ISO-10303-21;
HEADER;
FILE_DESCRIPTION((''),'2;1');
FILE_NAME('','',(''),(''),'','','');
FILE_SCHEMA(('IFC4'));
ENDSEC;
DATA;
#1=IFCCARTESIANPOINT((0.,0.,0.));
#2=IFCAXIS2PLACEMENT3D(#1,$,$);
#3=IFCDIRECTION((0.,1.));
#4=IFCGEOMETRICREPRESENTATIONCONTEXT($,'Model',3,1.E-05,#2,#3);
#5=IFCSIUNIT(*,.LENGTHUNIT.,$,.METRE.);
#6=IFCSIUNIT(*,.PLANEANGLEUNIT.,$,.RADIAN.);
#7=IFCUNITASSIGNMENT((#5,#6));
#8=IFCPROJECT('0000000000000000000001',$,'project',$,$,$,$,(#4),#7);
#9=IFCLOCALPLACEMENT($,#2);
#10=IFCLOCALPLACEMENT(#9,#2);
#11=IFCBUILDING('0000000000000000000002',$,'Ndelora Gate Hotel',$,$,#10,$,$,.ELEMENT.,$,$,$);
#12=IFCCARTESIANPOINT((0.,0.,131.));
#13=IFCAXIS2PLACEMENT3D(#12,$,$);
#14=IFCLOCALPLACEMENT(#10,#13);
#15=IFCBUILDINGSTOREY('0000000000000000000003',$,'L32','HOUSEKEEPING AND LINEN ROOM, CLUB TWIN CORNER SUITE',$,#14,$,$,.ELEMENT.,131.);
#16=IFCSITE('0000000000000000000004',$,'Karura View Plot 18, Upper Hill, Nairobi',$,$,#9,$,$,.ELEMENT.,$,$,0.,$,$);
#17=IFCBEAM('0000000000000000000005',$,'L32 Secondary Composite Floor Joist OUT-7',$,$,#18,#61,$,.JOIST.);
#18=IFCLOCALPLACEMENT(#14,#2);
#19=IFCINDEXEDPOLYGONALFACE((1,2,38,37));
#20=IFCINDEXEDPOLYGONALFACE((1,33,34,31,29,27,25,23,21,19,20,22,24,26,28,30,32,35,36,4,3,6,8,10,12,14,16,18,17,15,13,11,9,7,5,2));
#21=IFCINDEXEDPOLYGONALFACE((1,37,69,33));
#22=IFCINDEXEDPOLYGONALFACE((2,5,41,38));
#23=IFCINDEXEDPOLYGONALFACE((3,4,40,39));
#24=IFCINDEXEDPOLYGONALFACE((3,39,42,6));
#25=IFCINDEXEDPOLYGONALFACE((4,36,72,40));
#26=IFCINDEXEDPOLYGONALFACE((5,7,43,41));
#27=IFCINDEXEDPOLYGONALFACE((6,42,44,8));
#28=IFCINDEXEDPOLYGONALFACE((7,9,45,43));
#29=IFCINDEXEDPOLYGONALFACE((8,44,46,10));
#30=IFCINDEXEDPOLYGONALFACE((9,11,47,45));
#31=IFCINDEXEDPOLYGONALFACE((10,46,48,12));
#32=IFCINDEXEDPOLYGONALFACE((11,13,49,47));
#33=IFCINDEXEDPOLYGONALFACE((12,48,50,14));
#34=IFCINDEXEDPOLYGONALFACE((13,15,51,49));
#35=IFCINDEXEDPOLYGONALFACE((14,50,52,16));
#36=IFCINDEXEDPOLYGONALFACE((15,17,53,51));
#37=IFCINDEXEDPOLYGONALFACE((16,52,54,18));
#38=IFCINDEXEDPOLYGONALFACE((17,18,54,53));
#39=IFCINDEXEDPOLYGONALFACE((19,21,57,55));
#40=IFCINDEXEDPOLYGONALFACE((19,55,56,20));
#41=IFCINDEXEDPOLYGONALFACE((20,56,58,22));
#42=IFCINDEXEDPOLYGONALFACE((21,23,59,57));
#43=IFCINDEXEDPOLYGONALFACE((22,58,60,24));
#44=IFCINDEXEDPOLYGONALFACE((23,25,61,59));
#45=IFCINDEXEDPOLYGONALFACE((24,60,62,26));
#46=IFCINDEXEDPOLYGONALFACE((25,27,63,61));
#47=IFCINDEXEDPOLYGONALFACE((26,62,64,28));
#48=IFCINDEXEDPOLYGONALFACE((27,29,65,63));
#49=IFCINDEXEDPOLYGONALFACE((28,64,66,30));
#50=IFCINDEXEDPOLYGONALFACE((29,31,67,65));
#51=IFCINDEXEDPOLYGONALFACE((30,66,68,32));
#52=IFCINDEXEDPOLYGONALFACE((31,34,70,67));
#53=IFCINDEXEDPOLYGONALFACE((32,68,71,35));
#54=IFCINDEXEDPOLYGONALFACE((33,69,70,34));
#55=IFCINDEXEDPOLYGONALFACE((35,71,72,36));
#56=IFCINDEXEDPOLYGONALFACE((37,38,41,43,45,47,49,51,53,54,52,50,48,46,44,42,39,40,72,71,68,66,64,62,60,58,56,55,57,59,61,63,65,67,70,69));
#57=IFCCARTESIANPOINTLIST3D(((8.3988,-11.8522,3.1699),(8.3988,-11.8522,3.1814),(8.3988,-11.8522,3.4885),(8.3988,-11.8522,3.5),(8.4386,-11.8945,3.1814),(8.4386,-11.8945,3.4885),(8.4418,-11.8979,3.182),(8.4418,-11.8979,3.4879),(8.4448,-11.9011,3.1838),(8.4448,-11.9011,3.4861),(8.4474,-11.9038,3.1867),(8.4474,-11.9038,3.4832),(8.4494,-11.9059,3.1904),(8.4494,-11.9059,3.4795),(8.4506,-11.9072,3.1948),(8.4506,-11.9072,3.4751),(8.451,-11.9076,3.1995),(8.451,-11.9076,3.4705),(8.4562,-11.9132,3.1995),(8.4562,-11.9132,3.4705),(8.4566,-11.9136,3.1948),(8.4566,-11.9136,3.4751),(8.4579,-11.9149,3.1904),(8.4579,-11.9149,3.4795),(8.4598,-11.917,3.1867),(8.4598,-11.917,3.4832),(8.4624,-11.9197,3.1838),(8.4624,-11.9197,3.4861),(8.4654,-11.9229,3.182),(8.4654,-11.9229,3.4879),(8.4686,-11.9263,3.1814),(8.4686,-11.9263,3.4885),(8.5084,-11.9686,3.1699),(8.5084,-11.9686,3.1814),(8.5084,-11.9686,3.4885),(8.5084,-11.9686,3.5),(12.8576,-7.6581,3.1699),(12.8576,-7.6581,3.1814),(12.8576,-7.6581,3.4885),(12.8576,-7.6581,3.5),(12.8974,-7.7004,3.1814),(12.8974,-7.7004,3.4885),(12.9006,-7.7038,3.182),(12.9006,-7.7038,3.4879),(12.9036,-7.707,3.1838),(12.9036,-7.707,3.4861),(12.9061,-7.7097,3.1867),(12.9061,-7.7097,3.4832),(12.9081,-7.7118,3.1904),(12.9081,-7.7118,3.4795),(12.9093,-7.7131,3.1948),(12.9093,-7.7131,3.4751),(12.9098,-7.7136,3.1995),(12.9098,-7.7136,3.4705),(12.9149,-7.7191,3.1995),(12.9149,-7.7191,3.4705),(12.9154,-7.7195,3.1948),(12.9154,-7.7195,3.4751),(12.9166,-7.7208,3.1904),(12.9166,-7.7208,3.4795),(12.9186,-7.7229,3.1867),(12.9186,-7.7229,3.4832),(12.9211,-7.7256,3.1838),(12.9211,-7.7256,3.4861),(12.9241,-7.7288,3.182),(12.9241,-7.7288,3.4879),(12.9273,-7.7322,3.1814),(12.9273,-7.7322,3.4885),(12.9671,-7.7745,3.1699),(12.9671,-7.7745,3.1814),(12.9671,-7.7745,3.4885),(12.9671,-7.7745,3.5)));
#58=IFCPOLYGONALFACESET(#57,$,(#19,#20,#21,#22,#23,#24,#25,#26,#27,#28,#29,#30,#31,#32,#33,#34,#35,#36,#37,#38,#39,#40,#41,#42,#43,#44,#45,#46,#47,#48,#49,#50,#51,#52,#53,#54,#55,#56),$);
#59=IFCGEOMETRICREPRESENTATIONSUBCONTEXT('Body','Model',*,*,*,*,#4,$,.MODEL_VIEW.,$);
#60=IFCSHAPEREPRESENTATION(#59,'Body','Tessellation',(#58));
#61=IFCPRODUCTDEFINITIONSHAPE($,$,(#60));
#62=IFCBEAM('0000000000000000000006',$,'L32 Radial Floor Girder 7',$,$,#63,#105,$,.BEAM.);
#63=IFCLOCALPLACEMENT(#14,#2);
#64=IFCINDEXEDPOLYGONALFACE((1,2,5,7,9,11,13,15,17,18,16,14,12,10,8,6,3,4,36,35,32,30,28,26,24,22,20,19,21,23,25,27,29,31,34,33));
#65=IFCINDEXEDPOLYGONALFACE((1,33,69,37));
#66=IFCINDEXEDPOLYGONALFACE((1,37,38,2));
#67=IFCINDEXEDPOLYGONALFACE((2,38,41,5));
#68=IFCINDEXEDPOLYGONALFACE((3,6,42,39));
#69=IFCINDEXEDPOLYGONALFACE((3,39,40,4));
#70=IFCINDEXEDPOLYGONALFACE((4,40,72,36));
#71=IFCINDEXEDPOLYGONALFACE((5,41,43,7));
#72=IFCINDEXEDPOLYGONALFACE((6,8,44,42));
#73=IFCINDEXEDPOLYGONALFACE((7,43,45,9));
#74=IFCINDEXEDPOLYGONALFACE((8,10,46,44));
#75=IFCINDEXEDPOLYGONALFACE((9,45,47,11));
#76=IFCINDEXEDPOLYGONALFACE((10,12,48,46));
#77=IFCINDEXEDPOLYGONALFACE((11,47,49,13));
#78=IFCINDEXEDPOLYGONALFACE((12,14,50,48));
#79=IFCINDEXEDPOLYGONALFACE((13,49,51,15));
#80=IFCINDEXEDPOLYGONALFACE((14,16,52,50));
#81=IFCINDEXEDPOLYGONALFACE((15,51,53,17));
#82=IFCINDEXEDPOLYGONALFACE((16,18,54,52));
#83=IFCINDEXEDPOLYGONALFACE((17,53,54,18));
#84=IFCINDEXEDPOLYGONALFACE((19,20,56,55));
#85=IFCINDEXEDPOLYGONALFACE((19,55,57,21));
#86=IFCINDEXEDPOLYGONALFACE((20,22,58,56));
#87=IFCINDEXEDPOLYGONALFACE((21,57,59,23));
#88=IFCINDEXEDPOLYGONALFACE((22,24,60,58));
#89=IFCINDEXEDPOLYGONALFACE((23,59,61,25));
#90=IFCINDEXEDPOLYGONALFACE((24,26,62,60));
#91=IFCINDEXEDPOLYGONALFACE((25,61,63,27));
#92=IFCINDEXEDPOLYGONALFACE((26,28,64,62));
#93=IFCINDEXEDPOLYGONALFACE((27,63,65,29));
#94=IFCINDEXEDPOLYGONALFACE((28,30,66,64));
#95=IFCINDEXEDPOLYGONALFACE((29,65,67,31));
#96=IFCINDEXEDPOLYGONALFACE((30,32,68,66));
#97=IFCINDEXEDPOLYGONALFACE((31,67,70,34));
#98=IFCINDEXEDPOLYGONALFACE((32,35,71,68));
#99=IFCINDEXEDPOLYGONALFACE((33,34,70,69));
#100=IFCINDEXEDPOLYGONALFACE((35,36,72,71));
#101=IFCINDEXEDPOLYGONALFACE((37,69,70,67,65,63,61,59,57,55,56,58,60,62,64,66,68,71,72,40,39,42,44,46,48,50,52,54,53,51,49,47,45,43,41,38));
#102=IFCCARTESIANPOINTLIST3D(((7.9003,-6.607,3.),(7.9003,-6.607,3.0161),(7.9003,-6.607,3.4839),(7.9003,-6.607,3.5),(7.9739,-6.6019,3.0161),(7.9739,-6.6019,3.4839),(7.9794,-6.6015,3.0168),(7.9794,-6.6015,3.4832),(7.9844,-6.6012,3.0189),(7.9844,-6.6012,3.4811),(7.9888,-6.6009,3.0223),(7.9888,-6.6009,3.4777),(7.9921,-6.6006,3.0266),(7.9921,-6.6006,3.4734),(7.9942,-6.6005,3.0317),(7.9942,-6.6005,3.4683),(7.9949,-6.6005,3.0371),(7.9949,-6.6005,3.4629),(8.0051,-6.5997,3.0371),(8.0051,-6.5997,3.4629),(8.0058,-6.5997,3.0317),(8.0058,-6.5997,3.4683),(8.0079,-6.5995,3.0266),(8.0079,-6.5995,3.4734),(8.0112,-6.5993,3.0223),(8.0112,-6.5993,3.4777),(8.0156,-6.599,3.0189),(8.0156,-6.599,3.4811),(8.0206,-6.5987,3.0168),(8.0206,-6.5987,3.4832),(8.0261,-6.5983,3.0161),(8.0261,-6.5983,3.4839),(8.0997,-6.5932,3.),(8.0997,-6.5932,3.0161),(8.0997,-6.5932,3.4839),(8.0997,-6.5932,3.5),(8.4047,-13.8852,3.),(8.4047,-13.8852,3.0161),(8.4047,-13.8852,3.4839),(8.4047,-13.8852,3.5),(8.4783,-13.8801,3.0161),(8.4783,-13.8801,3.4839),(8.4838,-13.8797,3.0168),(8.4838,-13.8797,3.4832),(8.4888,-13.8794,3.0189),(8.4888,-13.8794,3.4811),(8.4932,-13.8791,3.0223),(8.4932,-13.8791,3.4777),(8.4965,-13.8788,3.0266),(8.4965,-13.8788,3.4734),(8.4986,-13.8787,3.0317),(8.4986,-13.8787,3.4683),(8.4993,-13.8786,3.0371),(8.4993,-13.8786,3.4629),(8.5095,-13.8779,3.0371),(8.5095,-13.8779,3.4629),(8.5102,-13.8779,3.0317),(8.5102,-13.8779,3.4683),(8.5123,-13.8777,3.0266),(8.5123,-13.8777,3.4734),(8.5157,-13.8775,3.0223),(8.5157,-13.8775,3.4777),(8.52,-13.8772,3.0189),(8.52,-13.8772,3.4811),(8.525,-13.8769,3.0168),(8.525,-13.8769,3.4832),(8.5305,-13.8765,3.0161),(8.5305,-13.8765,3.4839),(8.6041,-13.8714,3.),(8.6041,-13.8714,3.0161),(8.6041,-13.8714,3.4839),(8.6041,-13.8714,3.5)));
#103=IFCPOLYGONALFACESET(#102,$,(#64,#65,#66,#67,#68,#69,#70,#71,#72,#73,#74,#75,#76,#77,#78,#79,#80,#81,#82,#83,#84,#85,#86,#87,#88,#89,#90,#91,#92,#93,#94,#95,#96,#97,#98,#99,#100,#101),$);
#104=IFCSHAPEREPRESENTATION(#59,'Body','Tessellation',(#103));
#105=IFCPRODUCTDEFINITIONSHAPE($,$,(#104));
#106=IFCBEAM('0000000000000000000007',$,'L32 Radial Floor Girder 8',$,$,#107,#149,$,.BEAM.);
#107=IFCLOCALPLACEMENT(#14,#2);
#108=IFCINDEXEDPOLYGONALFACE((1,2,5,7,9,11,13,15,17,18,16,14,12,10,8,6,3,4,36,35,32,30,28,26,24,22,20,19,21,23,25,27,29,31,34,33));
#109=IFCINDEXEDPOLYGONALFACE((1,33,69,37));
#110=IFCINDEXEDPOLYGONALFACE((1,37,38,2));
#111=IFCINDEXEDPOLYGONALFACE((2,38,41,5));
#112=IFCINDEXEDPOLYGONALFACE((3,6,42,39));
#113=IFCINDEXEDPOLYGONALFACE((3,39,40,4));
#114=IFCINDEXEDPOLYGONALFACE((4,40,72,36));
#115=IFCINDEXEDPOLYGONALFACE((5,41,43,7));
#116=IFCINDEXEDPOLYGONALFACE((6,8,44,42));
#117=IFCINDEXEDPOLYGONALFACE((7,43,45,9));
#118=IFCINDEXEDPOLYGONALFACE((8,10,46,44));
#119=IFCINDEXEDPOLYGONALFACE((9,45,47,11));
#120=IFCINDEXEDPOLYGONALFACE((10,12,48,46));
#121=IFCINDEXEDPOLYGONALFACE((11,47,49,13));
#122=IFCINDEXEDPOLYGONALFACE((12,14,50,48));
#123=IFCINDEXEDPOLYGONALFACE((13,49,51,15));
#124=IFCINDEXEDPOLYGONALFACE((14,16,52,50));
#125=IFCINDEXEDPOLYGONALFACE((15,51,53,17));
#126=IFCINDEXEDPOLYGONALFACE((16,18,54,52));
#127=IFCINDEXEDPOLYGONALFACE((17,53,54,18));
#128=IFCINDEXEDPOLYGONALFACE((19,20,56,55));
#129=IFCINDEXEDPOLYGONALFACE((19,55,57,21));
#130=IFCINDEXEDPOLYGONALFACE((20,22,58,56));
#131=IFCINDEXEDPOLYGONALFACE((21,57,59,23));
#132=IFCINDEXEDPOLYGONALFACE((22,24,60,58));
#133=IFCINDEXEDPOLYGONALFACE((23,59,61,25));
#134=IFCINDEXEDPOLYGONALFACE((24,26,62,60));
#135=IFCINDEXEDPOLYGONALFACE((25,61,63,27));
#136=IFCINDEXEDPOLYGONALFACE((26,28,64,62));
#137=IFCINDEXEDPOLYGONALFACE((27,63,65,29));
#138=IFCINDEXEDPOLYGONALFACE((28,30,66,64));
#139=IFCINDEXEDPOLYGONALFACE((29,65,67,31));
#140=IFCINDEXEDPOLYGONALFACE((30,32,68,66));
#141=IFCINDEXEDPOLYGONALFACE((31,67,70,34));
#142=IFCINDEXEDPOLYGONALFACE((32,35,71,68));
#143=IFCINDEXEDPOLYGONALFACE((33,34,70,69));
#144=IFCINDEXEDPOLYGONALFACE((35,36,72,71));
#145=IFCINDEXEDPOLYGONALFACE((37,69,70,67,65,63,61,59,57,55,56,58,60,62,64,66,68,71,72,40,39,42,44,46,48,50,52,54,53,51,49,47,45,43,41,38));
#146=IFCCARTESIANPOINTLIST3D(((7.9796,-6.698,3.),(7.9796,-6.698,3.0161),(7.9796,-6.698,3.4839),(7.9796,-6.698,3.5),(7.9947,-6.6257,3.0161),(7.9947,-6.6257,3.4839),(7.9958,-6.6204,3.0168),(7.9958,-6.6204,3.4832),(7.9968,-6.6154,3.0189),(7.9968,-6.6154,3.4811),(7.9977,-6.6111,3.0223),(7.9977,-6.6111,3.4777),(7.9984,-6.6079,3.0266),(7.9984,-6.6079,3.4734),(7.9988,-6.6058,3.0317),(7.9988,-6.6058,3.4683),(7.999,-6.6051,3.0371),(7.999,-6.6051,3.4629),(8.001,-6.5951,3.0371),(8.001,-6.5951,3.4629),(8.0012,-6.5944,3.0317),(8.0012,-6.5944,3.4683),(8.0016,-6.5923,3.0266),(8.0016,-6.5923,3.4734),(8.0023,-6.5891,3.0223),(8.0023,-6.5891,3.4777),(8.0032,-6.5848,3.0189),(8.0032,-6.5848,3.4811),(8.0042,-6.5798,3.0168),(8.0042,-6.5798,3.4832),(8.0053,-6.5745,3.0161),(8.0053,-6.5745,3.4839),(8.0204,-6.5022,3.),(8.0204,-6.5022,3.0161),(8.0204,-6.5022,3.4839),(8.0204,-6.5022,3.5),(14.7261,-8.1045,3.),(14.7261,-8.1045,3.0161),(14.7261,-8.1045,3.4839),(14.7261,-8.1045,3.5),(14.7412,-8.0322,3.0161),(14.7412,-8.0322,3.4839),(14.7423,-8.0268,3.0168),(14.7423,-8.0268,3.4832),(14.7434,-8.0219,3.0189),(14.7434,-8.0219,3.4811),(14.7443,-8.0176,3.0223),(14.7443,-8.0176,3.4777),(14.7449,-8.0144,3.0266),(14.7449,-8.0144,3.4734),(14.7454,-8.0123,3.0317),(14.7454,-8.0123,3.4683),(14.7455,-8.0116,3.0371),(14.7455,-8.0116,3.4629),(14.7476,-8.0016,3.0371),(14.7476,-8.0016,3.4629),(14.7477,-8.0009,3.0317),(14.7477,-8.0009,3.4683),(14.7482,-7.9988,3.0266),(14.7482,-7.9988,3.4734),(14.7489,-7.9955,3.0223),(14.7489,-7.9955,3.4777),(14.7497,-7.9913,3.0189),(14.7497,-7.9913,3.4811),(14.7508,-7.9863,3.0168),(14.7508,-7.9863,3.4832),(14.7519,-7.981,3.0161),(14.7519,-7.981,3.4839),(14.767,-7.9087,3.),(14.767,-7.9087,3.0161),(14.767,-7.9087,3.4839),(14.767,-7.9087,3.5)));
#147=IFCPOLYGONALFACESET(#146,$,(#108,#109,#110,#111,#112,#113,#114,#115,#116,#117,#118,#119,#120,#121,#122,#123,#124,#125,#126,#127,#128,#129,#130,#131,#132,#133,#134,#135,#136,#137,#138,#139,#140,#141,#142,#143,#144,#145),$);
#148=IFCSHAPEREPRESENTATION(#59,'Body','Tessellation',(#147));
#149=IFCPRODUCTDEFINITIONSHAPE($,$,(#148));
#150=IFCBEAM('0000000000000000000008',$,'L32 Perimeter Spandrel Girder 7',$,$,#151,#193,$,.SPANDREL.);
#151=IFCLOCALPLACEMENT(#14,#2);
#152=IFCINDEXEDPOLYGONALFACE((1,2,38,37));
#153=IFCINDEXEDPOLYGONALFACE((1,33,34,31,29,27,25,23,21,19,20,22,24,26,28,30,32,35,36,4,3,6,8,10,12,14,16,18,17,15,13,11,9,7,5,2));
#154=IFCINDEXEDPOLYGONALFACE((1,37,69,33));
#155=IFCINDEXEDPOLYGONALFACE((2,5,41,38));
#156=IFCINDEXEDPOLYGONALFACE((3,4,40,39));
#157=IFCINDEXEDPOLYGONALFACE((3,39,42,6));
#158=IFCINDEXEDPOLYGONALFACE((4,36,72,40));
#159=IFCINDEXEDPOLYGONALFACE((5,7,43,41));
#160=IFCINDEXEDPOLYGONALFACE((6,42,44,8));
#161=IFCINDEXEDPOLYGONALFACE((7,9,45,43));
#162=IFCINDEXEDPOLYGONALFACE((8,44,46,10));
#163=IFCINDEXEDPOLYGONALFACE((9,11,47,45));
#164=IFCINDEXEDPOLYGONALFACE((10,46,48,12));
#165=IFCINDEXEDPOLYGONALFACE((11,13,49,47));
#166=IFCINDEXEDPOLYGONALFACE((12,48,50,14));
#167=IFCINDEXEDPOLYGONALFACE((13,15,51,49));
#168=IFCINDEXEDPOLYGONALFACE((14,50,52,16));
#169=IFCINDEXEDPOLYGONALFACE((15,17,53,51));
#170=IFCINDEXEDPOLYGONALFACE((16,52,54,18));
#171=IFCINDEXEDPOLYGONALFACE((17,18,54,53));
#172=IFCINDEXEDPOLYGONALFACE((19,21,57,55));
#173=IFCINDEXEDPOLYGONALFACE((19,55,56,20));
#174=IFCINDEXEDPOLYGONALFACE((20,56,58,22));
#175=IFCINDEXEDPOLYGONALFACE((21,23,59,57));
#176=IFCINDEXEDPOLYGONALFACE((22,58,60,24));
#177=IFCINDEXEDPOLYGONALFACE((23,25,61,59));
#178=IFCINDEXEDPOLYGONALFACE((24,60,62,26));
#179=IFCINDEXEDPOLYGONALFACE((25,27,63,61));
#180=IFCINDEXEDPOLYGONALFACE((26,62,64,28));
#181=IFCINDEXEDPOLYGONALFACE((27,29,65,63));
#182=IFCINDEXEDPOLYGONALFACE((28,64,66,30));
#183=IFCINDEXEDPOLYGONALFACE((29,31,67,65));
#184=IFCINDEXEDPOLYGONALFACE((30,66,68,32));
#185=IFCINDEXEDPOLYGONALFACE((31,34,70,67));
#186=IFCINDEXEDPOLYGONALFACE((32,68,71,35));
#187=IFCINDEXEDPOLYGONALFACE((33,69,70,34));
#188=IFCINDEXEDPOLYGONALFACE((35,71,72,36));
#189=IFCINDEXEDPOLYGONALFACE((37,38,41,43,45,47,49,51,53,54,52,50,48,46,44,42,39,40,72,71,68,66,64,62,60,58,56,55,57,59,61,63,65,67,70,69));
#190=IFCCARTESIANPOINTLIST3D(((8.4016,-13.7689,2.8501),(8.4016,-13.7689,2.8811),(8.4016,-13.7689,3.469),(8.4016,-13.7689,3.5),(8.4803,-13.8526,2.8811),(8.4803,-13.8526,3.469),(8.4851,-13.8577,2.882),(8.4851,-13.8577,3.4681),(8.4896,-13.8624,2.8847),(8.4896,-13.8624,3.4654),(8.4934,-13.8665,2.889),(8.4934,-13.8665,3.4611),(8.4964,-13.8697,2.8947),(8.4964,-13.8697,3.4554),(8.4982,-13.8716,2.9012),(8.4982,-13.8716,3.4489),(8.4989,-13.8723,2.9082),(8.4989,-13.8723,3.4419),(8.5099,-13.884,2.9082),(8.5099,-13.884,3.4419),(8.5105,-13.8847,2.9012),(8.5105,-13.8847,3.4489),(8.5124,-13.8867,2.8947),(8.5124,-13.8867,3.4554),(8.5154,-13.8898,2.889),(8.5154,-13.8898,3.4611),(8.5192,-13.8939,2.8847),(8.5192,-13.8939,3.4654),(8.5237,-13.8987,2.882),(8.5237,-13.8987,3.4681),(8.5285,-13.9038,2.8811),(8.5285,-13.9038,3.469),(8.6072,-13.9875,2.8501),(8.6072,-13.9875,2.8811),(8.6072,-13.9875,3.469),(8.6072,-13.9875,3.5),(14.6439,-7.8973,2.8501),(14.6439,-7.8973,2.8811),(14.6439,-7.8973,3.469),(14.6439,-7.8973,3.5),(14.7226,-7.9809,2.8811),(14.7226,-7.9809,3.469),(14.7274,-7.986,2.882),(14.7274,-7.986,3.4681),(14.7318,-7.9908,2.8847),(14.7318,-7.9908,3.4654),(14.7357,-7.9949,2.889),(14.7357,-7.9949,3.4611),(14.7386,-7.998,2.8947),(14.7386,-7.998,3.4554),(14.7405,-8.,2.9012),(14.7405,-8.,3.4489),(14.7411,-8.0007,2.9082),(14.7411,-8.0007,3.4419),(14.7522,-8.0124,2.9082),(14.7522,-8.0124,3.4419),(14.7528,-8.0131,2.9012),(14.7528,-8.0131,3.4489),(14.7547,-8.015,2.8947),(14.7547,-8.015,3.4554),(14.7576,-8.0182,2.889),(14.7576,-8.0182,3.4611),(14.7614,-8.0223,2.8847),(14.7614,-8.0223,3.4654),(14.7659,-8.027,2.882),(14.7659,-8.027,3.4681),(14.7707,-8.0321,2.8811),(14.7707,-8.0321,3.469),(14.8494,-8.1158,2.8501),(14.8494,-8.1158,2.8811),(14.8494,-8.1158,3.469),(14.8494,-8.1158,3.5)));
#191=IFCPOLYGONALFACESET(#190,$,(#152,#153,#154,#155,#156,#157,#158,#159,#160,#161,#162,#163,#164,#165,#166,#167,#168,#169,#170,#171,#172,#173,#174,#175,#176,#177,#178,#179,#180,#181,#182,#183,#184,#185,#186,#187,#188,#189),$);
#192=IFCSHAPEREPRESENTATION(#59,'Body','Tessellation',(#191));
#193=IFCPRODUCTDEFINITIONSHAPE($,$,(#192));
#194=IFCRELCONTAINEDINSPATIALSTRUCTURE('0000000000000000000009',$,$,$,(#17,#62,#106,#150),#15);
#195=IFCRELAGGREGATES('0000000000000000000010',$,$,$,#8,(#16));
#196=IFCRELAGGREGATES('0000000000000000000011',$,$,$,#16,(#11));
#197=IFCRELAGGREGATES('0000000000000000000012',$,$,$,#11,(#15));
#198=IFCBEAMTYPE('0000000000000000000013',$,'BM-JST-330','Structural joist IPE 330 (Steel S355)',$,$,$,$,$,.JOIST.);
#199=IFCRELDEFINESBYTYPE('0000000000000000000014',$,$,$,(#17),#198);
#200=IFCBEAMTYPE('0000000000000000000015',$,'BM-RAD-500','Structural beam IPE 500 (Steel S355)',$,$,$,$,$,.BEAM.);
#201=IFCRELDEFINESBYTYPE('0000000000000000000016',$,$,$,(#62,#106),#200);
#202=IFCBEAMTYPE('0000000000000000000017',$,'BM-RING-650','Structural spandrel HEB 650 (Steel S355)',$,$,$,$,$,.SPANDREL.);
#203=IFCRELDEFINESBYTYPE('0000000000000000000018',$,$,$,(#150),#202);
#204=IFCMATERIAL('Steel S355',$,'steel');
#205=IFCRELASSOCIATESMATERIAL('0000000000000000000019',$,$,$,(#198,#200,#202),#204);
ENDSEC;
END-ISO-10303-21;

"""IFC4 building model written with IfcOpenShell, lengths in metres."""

from ifc_helpers import new_model, si_unit, direction, frame, origin, origin_2d, place, context, subcontext, project, spatial, i_section, extrude, material, material_profile, profile_set, type_object, element, save


model = new_model("IFC4")

# Units and contexts
model_context = context("Model", 3, precision=1e-05, world=origin(), true_north=direction((0.0, 1.0)))
body_context = subcontext(model_context, "Body", "Model", "MODEL_VIEW")
ifc_project = project(units=[si_unit("LENGTHUNIT", "METRE"), si_unit("PLANEANGLEUNIT", "RADIAN")], contexts=[model_context])

# Site, building, storey
site_placement = place(None, origin())
site = spatial("IfcSite", under=ifc_project, at=site_placement, Name="Karura View Plot 18, Upper Hill, Nairobi", CompositionType="ELEMENT", RefElevation=0.0)
building_placement = place(site_placement, origin())
building = spatial("IfcBuilding", under=site, at=building_placement, Name="Ndelora Gate Hotel", CompositionType="ELEMENT")
storey_placement = place(building_placement, frame((0.0, 0.0, 131.0)))
storey = spatial("IfcBuildingStorey", under=building, at=storey_placement, Name="L32", Description="HOUSEKEEPING AND LINEN ROOM, CLUB TWIN CORNER SUITE", CompositionType="ELEMENT", Elevation=131.0)

# Beams
ifc_material_1 = material(Name="Steel S355", Category="steel")
ifc_material_profile_1 = material_profile(ifc_material_1, i_section(OverallWidth=0.1599, OverallDepth=0.3301, WebThickness=0.0076, FlangeThickness=0.0115, FilletRadius=0.0181, at=origin_2d()), Name="IPE 330")
ifc_profile_set_1 = profile_set([ifc_material_profile_1], Name="Steel S355")
beam_type_1 = type_object("IfcBeamType", Name="BM-JST-330", Description="Structural joist IPE 330 (Steel S355)", PredefinedType="JOIST", material=ifc_profile_set_1)
beam_1_placement = place(storey_placement, frame((8.4536, -11.9104, 3.335), z_axis=(0.728393, 0.685159, 0.0), x_axis=(-0.685159, 0.728393, 0.0)))
element("IfcBeam", 1, at=beam_1_placement, inside=storey, type_object=beam_type_1, Name="L32 Secondary Composite Floor Joist OUT-7", PredefinedType="JOIST", context=body_context, shape_type="SweptSolid", body=[
    extrude(i_section(OverallWidth=0.1599, OverallDepth=0.3301, WebThickness=0.0076, FlangeThickness=0.0115, FilletRadius=0.0181, at=origin_2d()), origin(), (0.0, 0.0, 1.0), 6.1213),
])
ifc_material_profile_2 = material_profile(ifc_material_1, i_section(OverallWidth=0.2, OverallDepth=0.5, WebThickness=0.0103, FlangeThickness=0.0161, FilletRadius=0.021, at=origin_2d()), Name="IPE 500")
ifc_profile_set_2 = profile_set([ifc_material_profile_2], Name="Steel S355")
beam_type_2 = type_object("IfcBeamType", Name="BM-RAD-500", Description="Structural beam IPE 500 (Steel S355)", PredefinedType="BEAM", material=ifc_profile_set_2)
beam_2_placement = place(storey_placement, frame((8.0, -6.6001, 3.25), z_axis=(0.069137, -0.997607, 0.0), x_axis=(0.997607, 0.069137, 0.0)))
element("IfcBeam", 2, at=beam_2_placement, inside=storey, type_object=beam_type_2, Name="L32 Radial Floor Girder 7", PredefinedType="BEAM", context=body_context, shape_type="SweptSolid", body=[
    extrude(i_section(OverallWidth=0.2, OverallDepth=0.5, WebThickness=0.0103, FlangeThickness=0.0161, FilletRadius=0.021, at=origin_2d()), origin(), (0.0, 0.0, 1.0), 7.2957),
])
beam_3_placement = place(storey_placement, frame((8.0, -6.6001, 3.25), z_axis=(0.978953, -0.204087, 0.0), x_axis=(0.204087, 0.978953, 0.0)))
element("IfcBeam", 3, at=beam_3_placement, inside=storey, type_object=beam_type_2, Name="L32 Radial Floor Girder 8", PredefinedType="BEAM", context=body_context, shape_type="SweptSolid", body=[
    extrude(i_section(OverallWidth=0.2, OverallDepth=0.5, WebThickness=0.0103, FlangeThickness=0.0161, FilletRadius=0.021, at=origin_2d()), origin(), (0.0, 0.0, 1.0), 6.8916),
])
ifc_material_profile_3 = material_profile(ifc_material_1, i_section(OverallWidth=0.3, OverallDepth=0.6499, WebThickness=0.0161, FlangeThickness=0.031, FilletRadius=0.0271, at=origin_2d()), Name="HEB 650")
ifc_profile_set_3 = profile_set([ifc_material_profile_3], Name="Steel S355")
beam_type_3 = type_object("IfcBeamType", Name="BM-RING-650", Description="Structural spandrel HEB 650 (Steel S355)", PredefinedType="SPANDREL", material=ifc_profile_set_3)
beam_4_placement = place(storey_placement, frame((8.5044, -13.8782, 3.175), z_axis=(0.728399, 0.685153, 0.0), x_axis=(-0.685153, 0.728399, 0.0)))
element("IfcBeam", 4, at=beam_4_placement, inside=storey, type_object=beam_type_3, Name="L32 Perimeter Spandrel Girder 7", PredefinedType="SPANDREL", context=body_context, shape_type="SweptSolid", body=[
    extrude(i_section(OverallWidth=0.3, OverallDepth=0.6499, WebThickness=0.0161, FlangeThickness=0.031, FilletRadius=0.0271, at=origin_2d()), origin(), (0.0, 0.0, 1.0), 8.5698),
])

save(model, "model.ifc")
